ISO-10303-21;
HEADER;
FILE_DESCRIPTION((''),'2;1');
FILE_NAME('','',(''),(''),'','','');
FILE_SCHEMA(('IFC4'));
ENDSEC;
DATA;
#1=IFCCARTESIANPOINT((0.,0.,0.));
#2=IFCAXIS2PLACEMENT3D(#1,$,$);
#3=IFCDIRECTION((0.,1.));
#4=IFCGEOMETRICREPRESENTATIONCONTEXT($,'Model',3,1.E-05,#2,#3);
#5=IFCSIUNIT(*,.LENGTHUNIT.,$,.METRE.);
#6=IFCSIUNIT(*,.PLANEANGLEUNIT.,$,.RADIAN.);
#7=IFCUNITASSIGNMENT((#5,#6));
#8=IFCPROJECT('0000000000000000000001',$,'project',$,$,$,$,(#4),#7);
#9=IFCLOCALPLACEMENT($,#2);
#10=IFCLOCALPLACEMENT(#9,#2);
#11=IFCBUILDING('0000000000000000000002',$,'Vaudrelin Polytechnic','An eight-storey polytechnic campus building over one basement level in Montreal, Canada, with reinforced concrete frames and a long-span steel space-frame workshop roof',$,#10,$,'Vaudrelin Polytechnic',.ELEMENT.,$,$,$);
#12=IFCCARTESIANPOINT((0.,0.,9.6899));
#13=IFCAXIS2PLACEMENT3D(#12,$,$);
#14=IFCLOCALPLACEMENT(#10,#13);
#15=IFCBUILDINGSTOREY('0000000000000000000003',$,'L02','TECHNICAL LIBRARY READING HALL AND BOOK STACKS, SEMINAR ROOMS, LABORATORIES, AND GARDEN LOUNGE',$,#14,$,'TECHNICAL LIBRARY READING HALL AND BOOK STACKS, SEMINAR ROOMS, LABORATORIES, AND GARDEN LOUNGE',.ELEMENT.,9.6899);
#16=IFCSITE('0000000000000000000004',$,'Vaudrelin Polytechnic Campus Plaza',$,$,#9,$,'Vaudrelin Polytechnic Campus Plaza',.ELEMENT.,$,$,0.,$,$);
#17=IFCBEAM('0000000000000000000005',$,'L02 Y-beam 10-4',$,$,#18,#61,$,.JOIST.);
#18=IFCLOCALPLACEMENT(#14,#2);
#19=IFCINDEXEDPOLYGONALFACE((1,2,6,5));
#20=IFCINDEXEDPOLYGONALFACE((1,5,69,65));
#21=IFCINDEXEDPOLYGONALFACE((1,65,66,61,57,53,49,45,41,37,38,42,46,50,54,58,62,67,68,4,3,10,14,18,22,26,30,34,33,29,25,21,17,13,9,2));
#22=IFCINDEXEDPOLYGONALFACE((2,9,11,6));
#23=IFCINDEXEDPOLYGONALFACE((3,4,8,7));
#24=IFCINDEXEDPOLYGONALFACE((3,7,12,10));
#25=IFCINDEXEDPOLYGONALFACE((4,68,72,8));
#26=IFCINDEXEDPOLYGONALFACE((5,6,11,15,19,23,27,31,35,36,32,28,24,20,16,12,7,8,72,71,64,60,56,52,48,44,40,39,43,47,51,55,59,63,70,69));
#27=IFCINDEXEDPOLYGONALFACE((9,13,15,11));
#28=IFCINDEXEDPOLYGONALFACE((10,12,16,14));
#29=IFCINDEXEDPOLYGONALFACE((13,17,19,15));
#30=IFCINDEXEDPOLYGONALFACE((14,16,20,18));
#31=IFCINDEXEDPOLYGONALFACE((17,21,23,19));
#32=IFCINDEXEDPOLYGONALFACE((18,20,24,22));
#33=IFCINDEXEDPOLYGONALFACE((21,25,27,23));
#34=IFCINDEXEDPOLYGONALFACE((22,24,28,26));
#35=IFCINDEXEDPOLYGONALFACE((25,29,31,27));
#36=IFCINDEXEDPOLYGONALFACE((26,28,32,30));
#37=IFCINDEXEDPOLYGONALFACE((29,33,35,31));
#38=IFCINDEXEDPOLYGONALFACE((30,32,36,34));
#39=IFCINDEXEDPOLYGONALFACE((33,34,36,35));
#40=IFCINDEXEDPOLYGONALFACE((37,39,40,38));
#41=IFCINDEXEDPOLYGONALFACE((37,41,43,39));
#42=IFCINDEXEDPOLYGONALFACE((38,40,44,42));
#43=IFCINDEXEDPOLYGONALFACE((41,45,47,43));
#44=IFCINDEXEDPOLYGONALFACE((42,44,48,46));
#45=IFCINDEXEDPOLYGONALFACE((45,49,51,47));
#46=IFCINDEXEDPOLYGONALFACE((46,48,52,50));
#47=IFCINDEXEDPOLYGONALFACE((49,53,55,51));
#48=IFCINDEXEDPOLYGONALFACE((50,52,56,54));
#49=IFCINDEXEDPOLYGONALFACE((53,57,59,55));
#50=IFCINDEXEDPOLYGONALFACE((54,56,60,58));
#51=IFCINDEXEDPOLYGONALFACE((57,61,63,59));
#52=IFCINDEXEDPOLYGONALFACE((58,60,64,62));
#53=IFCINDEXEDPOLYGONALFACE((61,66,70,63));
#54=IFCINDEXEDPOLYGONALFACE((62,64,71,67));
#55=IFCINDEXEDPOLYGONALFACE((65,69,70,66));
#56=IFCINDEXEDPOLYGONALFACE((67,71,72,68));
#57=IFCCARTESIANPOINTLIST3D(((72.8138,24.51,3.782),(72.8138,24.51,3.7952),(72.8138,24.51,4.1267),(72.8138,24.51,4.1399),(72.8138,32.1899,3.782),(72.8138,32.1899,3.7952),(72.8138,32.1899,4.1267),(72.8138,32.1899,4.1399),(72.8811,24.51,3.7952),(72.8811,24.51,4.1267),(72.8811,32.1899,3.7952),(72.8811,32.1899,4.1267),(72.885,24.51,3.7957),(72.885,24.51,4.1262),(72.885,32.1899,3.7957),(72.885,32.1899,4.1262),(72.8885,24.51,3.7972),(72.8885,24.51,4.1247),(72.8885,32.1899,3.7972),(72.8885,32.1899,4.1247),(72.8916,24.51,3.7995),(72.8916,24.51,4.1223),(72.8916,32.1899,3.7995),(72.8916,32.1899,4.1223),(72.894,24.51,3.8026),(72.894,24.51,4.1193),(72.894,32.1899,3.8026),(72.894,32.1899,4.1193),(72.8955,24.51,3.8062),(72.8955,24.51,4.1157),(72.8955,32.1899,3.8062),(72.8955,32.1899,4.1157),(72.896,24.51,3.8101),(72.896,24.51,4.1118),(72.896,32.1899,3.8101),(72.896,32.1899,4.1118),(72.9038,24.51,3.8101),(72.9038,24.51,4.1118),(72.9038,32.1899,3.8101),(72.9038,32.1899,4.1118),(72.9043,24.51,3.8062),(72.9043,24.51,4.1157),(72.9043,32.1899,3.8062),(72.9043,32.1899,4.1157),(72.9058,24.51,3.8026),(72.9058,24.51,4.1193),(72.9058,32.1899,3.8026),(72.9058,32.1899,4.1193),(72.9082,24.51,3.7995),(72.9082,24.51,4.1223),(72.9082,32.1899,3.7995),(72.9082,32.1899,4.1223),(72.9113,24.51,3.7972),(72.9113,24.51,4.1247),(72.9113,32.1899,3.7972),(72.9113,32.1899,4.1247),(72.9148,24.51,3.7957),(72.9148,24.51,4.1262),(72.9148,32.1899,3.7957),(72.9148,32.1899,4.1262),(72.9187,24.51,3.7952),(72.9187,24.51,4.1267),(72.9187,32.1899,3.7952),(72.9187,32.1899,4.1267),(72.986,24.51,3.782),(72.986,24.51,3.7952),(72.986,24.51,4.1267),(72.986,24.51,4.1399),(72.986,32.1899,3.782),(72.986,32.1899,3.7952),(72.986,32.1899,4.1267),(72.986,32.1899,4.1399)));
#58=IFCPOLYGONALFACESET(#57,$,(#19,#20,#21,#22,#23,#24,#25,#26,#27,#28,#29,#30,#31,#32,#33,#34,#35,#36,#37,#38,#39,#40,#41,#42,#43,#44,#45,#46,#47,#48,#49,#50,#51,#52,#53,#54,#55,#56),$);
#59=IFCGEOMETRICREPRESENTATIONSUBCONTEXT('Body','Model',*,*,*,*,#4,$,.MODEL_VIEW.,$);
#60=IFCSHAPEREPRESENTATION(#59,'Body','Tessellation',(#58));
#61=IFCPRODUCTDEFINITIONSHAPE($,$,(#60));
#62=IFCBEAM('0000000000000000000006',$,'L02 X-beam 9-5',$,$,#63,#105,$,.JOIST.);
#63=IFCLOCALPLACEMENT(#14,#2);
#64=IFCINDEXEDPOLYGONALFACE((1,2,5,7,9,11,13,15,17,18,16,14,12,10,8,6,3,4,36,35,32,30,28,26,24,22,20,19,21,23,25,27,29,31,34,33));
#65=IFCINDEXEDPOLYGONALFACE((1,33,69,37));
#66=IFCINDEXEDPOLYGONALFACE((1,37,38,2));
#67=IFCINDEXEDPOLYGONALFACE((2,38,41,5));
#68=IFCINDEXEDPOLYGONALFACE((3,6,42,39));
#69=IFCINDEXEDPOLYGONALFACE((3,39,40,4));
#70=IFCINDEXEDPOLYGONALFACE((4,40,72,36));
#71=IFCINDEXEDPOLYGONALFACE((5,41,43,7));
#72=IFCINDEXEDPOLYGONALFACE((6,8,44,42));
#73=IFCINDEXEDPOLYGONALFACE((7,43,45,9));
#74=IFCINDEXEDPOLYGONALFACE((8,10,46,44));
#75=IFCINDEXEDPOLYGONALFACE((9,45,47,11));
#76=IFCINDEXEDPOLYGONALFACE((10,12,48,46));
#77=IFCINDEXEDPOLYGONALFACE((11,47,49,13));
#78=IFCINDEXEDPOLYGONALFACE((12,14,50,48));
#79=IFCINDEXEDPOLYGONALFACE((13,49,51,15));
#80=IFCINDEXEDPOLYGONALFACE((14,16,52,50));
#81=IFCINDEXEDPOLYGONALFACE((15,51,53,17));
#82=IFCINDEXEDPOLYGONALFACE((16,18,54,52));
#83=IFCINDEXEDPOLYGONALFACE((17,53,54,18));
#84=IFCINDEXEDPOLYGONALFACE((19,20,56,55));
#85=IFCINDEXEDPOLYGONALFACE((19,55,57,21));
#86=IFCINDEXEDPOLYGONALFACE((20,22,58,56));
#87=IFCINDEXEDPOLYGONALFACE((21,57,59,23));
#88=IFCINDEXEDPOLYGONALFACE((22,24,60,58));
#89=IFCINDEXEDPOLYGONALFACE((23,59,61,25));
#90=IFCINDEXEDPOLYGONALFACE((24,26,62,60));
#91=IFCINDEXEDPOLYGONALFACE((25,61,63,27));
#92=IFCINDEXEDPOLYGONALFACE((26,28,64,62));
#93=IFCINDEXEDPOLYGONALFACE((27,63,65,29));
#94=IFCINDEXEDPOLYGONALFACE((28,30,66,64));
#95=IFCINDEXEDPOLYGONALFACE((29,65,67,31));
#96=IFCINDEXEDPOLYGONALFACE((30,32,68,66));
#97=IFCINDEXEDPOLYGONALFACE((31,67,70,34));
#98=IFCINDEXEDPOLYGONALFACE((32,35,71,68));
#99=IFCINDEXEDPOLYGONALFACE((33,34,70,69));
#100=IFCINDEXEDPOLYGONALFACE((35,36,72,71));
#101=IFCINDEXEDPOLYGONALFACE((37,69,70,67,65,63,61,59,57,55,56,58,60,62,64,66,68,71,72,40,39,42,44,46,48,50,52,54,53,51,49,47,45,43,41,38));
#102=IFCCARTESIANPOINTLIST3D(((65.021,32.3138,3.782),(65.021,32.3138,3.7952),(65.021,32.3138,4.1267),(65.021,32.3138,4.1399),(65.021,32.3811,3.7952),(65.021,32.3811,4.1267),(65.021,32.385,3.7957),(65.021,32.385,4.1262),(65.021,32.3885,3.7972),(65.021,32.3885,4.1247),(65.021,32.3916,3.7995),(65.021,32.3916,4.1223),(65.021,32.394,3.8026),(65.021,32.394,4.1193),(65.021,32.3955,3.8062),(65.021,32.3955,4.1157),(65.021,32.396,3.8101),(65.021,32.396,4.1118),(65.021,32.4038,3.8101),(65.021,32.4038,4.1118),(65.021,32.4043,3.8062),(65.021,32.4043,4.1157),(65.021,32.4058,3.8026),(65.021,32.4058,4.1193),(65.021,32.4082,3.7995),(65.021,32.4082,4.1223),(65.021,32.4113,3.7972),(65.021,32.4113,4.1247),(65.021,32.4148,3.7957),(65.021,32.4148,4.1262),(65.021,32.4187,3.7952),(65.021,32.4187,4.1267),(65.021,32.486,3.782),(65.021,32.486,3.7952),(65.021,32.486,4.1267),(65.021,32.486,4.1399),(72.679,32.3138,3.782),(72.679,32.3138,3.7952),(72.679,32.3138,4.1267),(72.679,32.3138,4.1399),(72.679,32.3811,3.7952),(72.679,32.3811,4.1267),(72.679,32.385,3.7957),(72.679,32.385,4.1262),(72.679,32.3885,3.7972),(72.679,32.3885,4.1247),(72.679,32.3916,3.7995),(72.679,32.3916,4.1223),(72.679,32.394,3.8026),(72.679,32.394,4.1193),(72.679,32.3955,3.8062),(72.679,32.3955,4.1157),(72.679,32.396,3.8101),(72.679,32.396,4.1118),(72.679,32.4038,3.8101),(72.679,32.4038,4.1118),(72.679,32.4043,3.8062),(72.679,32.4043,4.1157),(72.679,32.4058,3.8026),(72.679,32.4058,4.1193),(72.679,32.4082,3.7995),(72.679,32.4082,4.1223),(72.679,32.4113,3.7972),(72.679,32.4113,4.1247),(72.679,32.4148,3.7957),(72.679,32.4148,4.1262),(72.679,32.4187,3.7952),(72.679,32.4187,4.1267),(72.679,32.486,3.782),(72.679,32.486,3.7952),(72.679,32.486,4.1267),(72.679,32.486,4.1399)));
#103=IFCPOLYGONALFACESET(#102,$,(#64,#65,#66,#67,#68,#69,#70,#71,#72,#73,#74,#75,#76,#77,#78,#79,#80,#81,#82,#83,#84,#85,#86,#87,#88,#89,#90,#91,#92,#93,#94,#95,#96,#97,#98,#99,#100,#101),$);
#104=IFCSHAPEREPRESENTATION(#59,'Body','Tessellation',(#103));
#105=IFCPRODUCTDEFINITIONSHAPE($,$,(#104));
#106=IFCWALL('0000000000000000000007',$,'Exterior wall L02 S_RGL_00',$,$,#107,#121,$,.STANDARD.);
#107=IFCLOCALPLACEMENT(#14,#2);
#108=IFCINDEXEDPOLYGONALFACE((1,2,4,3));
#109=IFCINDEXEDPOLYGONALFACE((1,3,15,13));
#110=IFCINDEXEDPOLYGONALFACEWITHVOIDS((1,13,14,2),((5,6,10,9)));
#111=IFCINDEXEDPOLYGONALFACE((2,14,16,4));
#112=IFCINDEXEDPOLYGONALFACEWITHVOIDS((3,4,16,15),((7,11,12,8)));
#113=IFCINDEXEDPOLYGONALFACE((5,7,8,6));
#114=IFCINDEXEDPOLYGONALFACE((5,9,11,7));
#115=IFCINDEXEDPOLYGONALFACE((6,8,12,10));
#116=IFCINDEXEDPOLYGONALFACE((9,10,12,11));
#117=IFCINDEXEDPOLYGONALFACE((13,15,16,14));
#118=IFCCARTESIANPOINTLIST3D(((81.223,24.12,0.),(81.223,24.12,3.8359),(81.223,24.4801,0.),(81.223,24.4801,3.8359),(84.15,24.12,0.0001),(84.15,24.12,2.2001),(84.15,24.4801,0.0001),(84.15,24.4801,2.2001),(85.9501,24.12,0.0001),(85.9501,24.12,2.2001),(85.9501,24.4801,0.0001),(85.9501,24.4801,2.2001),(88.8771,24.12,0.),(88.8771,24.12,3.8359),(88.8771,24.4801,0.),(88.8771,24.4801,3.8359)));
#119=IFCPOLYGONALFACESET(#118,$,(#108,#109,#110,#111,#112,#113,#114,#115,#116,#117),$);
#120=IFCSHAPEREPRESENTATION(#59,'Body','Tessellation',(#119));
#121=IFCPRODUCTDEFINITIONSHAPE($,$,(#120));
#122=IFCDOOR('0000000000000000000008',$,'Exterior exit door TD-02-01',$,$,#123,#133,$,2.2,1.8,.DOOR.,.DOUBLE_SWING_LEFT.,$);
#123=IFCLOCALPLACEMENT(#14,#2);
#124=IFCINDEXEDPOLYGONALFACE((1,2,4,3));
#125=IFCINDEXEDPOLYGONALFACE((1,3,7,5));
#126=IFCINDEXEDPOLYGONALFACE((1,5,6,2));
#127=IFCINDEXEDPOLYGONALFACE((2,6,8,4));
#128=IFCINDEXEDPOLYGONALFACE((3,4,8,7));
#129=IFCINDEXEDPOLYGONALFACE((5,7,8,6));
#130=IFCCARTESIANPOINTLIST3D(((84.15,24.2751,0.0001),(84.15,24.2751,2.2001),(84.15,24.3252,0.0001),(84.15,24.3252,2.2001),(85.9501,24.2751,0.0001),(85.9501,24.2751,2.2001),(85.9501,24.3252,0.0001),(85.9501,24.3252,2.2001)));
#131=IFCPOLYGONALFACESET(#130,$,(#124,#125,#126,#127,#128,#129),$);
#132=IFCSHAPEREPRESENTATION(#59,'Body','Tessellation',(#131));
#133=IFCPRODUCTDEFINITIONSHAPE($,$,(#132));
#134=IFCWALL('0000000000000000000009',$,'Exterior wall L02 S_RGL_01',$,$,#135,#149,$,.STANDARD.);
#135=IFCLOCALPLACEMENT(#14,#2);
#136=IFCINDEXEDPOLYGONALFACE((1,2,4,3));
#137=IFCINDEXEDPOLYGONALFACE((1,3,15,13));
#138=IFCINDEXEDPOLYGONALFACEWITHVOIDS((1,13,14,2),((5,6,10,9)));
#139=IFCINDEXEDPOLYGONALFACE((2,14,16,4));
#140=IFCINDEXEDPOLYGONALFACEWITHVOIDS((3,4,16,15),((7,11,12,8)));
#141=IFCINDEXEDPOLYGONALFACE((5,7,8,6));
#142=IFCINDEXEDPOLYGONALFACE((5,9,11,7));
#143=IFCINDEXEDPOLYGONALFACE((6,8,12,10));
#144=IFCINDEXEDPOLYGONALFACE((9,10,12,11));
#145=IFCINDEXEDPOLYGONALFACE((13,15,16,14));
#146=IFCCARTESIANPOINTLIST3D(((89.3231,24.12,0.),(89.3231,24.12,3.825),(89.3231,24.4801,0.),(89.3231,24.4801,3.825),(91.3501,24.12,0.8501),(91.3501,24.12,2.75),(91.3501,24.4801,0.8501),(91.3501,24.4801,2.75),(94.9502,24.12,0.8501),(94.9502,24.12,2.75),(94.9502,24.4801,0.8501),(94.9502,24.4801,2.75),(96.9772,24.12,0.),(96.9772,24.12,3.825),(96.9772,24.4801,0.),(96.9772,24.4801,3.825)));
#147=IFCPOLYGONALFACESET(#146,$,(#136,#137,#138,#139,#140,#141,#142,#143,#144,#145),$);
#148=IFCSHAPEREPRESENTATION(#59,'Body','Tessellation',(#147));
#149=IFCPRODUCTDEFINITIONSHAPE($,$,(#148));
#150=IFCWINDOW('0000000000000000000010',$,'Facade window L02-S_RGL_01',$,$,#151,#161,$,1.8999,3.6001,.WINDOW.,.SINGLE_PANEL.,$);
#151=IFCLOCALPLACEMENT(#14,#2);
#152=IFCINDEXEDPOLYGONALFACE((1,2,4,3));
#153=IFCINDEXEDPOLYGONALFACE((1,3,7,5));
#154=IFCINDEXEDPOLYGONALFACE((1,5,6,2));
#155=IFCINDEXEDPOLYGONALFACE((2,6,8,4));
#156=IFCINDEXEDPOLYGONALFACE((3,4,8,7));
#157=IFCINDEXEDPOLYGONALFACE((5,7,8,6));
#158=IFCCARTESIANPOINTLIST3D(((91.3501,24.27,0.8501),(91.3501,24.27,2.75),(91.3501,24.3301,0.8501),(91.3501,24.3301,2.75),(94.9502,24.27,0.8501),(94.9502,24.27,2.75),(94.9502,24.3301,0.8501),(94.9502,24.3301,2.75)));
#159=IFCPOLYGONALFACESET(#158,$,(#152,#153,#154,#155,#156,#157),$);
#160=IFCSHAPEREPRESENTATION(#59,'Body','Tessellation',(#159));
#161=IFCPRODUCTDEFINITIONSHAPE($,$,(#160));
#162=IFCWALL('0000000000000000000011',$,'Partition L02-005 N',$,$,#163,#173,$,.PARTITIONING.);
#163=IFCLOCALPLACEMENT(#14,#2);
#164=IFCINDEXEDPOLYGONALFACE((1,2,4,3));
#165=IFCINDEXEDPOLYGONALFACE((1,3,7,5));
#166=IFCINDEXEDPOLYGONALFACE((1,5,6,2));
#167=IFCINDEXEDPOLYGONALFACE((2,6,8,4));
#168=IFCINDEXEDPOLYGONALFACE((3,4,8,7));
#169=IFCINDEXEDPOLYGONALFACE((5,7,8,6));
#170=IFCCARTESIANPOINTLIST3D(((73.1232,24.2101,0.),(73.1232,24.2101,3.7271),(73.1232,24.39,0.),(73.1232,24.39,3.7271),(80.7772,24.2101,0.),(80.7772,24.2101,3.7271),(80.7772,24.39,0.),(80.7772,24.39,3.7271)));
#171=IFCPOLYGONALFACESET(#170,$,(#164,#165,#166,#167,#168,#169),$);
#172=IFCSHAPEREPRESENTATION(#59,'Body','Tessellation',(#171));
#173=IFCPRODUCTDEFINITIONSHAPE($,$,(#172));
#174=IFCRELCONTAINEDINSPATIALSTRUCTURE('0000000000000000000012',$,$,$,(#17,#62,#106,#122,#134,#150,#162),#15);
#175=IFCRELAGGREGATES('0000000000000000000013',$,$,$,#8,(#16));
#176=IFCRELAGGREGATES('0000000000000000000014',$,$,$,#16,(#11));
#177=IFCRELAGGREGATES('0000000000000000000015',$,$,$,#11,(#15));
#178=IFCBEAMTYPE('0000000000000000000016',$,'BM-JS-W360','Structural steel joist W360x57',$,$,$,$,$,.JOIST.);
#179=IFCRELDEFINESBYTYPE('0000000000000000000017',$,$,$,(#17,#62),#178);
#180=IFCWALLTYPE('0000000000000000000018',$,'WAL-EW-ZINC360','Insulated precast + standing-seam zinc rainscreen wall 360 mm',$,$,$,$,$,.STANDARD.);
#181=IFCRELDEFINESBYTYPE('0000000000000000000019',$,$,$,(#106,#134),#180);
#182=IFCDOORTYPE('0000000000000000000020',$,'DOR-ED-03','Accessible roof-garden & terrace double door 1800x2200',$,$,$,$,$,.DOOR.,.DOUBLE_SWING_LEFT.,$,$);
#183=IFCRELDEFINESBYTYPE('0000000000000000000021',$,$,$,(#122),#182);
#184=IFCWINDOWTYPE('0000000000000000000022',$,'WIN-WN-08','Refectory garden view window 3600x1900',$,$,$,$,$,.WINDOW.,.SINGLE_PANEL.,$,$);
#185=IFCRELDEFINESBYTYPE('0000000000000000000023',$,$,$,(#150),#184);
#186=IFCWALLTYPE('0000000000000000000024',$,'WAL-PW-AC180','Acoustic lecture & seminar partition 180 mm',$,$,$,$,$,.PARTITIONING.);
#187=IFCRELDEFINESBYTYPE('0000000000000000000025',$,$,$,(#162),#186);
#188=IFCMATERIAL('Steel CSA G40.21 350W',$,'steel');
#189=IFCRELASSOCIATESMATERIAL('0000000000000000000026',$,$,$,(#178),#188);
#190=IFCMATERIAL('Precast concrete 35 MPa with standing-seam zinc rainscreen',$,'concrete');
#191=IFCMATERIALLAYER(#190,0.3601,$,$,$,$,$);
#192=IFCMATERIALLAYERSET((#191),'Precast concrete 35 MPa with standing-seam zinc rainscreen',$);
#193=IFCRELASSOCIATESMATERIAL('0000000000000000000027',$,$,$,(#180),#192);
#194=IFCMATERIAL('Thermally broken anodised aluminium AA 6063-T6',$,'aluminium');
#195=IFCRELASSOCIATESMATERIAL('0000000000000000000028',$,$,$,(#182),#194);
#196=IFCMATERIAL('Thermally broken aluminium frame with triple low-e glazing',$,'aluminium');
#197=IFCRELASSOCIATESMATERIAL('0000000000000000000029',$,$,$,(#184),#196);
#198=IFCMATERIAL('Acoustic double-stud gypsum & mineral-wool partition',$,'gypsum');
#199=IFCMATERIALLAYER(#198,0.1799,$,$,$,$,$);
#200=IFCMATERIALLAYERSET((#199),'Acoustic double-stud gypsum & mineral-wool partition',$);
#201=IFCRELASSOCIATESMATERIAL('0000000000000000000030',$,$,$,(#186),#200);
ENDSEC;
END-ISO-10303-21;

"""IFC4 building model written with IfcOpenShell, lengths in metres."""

from ifc_helpers import new_model, si_unit, direction, frame, frame_2d, origin, origin_2d, place, context, subcontext, project, spatial, rectangle, i_section, extrude, material, layer, layer_set, material_profile, profile_set, type_object, element, fill, save


model = new_model("IFC4")

# Units and contexts
model_context = context("Model", 3, precision=1e-05, world=origin(), true_north=direction((0.0, 1.0)))
body_context = subcontext(model_context, "Body", "Model", "MODEL_VIEW")
ifc_project = project(units=[si_unit("LENGTHUNIT", "METRE"), si_unit("PLANEANGLEUNIT", "RADIAN")], contexts=[model_context])

# Site, building, storey
site_placement = place(None, origin())
site = spatial("IfcSite", under=ifc_project, at=site_placement, Name="Vaudrelin Polytechnic Campus Plaza", LongName="Vaudrelin Polytechnic Campus Plaza", CompositionType="ELEMENT", RefElevation=0.0)
building_placement = place(site_placement, origin())
building = spatial("IfcBuilding", under=site, at=building_placement, Name="Vaudrelin Polytechnic", Description="An eight-storey polytechnic campus building over one basement level in Montreal, Canada, with reinforced concrete frames and a long-span steel space-frame workshop roof", LongName="Vaudrelin Polytechnic", CompositionType="ELEMENT")
storey_placement = place(building_placement, frame((0.0, 0.0, 9.6899)))
storey = spatial("IfcBuildingStorey", under=building, at=storey_placement, Name="L02", Description="TECHNICAL LIBRARY READING HALL AND BOOK STACKS, SEMINAR ROOMS, LABORATORIES, AND GARDEN LOUNGE", LongName="TECHNICAL LIBRARY READING HALL AND BOOK STACKS, SEMINAR ROOMS, LABORATORIES, AND GARDEN LOUNGE", CompositionType="ELEMENT", Elevation=9.6899)

# Beams
ifc_material_1 = material(Name="Steel CSA G40.21 350W", Category="steel")
ifc_material_profile_1 = material_profile(ifc_material_1, i_section(OverallWidth=0.1721, OverallDepth=0.3579, WebThickness=0.0078, FlangeThickness=0.0132, FilletRadius=0.0149, at=origin_2d()), Name="W360x57")
ifc_profile_set_1 = profile_set([ifc_material_profile_1], Name="Steel CSA G40.21 350W")
beam_type_1 = type_object("IfcBeamType", Name="BM-JS-W360", Description="Structural steel joist W360x57", PredefinedType="JOIST", material=ifc_profile_set_1)
for number, where, z_axis, x_axis, name in (
    (1, (72.8999, 24.51, 3.9609), (0.0, 1.0, 0.0), (-1.0, 0.0, 0.0), "L02 Y-beam 10-4"),
):
    element("IfcBeam", number, at=place(storey_placement, frame(where, z_axis=z_axis, x_axis=x_axis)), inside=storey, type_object=beam_type_1, Name=name, PredefinedType="JOIST", context=body_context, shape_type="SweptSolid", body=[
        extrude(i_section(OverallWidth=0.1721, OverallDepth=0.3579, WebThickness=0.0078, FlangeThickness=0.0132, FilletRadius=0.0149, at=origin_2d()), origin(), (0.0, 0.0, 1.0), 7.6799),
    ])
beam_1_placement = place(storey_placement, frame((65.021, 32.3999, 3.9609), z_axis=(1.0, 0.0, 0.0), x_axis=(0.0, 1.0, 0.0)))
element("IfcBeam", 2, at=beam_1_placement, inside=storey, type_object=beam_type_1, Name="L02 X-beam 9-5", PredefinedType="JOIST", context=body_context, shape_type="SweptSolid", body=[
    extrude(i_section(OverallWidth=0.1721, OverallDepth=0.3579, WebThickness=0.0078, FlangeThickness=0.0132, FilletRadius=0.0149, at=origin_2d()), origin(), (0.0, 0.0, 1.0), 7.658),
])

# Wall, opening, door
ifc_material_2 = material(Name="Precast concrete 35 MPa with standing-seam zinc rainscreen", Category="concrete")
ifc_layer_1 = layer(ifc_material_2, 0.3601)
ifc_layer_set_1 = layer_set([ifc_layer_1], Name="Precast concrete 35 MPa with standing-seam zinc rainscreen")
wall_type_1 = type_object("IfcWallType", Name="WAL-EW-ZINC360", Description="Insulated precast + standing-seam zinc rainscreen wall 360 mm", PredefinedType="STANDARD", material=ifc_layer_set_1)
wall_1_placement = place(storey_placement, frame((81.2229, 24.3, 0.0), z_axis=(0.0, 0.0, 1.0), x_axis=(1.0, 0.0, 0.0)))
wall_1 = element("IfcWall", 3, at=wall_1_placement, inside=storey, type_object=wall_type_1, Name="Exterior wall L02 S_RGL_00", PredefinedType="STANDARD", context=body_context, shape_type="SweptSolid", body=[
    extrude(rectangle(XDim=7.6541, YDim=0.3601, at=frame_2d((3.8271, 0.0))), origin(), (0.0, 0.0, 1.0), 3.8359),
])
opening_1_placement = place(wall_1_placement, frame((4.7271, 0.0, 0.0), z_axis=(0.0, 0.0, 1.0), x_axis=(-1.0, 0.0, 0.0)))
opening_1 = element("IfcOpeningElement", 4, at=opening_1_placement, cuts=wall_1, PredefinedType="OPENING", context=body_context, shape_type="SweptSolid", body=[
    extrude(rectangle(XDim=1.8, YDim=2.2, at=frame_2d((0.8999, 1.1001))), frame((0.0, 0.1899, 0.0), z_axis=(0.0, -1.0, 0.0), x_axis=(1.0, 0.0, 0.0)), (0.0, 0.0, 1.0), 0.3801),
])
ifc_material_3 = material(Name="Thermally broken anodised aluminium AA 6063-T6", Category="aluminium")
door_type_1 = type_object("IfcDoorType", Name="DOR-ED-03", Description="Accessible roof-garden & terrace double door 1800x2200", OperationType="DOUBLE_SWING_LEFT", PredefinedType="DOOR", material=ifc_material_3)
door_1_placement = place(opening_1_placement, origin())
door_1 = element("IfcDoor", 5, at=door_1_placement, inside=storey, type_object=door_type_1, Name="Exterior exit door TD-02-01", OperationType="DOUBLE_SWING_LEFT", OverallHeight=2.2, OverallWidth=1.8, PredefinedType="DOOR", context=body_context, shape_type="SweptSolid", body=[
    extrude(rectangle(XDim=1.8, YDim=2.2, at=frame_2d((0.8999, 1.1001))), frame((0.0, 0.0249, 0.0), z_axis=(0.0, -1.0, 0.0), x_axis=(1.0, 0.0, 0.0)), (0.0, 0.0, 1.0), 0.05),
])
fill(opening_1, door_1)

# Wall, opening, window
wall_2_placement = place(storey_placement, frame((89.323, 24.3, 0.0), z_axis=(0.0, 0.0, 1.0), x_axis=(1.0, 0.0, 0.0)))
wall_2 = element("IfcWall", 6, at=wall_2_placement, inside=storey, type_object=wall_type_1, Name="Exterior wall L02 S_RGL_01", PredefinedType="STANDARD", context=body_context, shape_type="SweptSolid", body=[
    extrude(rectangle(XDim=7.6541, YDim=0.3601, at=frame_2d((3.8271, 0.0))), origin(), (0.0, 0.0, 1.0), 3.825),
])
opening_2_placement = place(wall_2_placement, frame((2.0271, 0.0, 0.8501)))
opening_2 = element("IfcOpeningElement", 7, at=opening_2_placement, cuts=wall_2, PredefinedType="OPENING", context=body_context, shape_type="SweptSolid", body=[
    extrude(rectangle(XDim=3.6001, YDim=1.8999, at=frame_2d((1.8, 0.95))), frame((0.0, 0.1899, 0.0), z_axis=(0.0, -1.0, 0.0), x_axis=(1.0, 0.0, 0.0)), (0.0, 0.0, 1.0), 0.3801),
])
ifc_material_4 = material(Name="Thermally broken aluminium frame with triple low-e glazing", Category="aluminium")
window_type = type_object("IfcWindowType", Name="WIN-WN-08", Description="Refectory garden view window 3600x1900", PartitioningType="SINGLE_PANEL", PredefinedType="WINDOW", material=ifc_material_4)
window_placement = place(opening_2_placement, origin())
window = element("IfcWindow", 8, at=window_placement, inside=storey, type_object=window_type, Name="Facade window L02-S_RGL_01", OverallHeight=1.8999, OverallWidth=3.6001, PartitioningType="SINGLE_PANEL", PredefinedType="WINDOW", context=body_context, shape_type="SweptSolid", body=[
    extrude(rectangle(XDim=3.6001, YDim=1.8999, at=frame_2d((1.8, 0.95))), frame((0.0, 0.03, 0.0), z_axis=(0.0, -1.0, 0.0), x_axis=(1.0, 0.0, 0.0)), (0.0, 0.0, 1.0), 0.0601),
])
fill(opening_2, window)

# Wall
ifc_material_5 = material(Name="Acoustic double-stud gypsum & mineral-wool partition", Category="gypsum")
ifc_layer_2 = layer(ifc_material_5, 0.1799)
ifc_layer_set_2 = layer_set([ifc_layer_2], Name="Acoustic double-stud gypsum & mineral-wool partition")
wall_type_2 = type_object("IfcWallType", Name="WAL-PW-AC180", Description="Acoustic lecture & seminar partition 180 mm", PredefinedType="PARTITIONING", material=ifc_layer_set_2)
wall_3_placement = place(storey_placement, frame((73.123, 24.3, 0.0), z_axis=(0.0, 0.0, 1.0), x_axis=(1.0, 0.0, 0.0)))
element("IfcWall", 9, at=wall_3_placement, inside=storey, type_object=wall_type_2, Name="Partition L02-005 N", PredefinedType="PARTITIONING", context=body_context, shape_type="SweptSolid", body=[
    extrude(rectangle(XDim=7.6541, YDim=0.1799, at=frame_2d((3.8271, 0.0))), origin(), (0.0, 0.0, 1.0), 3.7271),
])

save(model, "model.ifc")
